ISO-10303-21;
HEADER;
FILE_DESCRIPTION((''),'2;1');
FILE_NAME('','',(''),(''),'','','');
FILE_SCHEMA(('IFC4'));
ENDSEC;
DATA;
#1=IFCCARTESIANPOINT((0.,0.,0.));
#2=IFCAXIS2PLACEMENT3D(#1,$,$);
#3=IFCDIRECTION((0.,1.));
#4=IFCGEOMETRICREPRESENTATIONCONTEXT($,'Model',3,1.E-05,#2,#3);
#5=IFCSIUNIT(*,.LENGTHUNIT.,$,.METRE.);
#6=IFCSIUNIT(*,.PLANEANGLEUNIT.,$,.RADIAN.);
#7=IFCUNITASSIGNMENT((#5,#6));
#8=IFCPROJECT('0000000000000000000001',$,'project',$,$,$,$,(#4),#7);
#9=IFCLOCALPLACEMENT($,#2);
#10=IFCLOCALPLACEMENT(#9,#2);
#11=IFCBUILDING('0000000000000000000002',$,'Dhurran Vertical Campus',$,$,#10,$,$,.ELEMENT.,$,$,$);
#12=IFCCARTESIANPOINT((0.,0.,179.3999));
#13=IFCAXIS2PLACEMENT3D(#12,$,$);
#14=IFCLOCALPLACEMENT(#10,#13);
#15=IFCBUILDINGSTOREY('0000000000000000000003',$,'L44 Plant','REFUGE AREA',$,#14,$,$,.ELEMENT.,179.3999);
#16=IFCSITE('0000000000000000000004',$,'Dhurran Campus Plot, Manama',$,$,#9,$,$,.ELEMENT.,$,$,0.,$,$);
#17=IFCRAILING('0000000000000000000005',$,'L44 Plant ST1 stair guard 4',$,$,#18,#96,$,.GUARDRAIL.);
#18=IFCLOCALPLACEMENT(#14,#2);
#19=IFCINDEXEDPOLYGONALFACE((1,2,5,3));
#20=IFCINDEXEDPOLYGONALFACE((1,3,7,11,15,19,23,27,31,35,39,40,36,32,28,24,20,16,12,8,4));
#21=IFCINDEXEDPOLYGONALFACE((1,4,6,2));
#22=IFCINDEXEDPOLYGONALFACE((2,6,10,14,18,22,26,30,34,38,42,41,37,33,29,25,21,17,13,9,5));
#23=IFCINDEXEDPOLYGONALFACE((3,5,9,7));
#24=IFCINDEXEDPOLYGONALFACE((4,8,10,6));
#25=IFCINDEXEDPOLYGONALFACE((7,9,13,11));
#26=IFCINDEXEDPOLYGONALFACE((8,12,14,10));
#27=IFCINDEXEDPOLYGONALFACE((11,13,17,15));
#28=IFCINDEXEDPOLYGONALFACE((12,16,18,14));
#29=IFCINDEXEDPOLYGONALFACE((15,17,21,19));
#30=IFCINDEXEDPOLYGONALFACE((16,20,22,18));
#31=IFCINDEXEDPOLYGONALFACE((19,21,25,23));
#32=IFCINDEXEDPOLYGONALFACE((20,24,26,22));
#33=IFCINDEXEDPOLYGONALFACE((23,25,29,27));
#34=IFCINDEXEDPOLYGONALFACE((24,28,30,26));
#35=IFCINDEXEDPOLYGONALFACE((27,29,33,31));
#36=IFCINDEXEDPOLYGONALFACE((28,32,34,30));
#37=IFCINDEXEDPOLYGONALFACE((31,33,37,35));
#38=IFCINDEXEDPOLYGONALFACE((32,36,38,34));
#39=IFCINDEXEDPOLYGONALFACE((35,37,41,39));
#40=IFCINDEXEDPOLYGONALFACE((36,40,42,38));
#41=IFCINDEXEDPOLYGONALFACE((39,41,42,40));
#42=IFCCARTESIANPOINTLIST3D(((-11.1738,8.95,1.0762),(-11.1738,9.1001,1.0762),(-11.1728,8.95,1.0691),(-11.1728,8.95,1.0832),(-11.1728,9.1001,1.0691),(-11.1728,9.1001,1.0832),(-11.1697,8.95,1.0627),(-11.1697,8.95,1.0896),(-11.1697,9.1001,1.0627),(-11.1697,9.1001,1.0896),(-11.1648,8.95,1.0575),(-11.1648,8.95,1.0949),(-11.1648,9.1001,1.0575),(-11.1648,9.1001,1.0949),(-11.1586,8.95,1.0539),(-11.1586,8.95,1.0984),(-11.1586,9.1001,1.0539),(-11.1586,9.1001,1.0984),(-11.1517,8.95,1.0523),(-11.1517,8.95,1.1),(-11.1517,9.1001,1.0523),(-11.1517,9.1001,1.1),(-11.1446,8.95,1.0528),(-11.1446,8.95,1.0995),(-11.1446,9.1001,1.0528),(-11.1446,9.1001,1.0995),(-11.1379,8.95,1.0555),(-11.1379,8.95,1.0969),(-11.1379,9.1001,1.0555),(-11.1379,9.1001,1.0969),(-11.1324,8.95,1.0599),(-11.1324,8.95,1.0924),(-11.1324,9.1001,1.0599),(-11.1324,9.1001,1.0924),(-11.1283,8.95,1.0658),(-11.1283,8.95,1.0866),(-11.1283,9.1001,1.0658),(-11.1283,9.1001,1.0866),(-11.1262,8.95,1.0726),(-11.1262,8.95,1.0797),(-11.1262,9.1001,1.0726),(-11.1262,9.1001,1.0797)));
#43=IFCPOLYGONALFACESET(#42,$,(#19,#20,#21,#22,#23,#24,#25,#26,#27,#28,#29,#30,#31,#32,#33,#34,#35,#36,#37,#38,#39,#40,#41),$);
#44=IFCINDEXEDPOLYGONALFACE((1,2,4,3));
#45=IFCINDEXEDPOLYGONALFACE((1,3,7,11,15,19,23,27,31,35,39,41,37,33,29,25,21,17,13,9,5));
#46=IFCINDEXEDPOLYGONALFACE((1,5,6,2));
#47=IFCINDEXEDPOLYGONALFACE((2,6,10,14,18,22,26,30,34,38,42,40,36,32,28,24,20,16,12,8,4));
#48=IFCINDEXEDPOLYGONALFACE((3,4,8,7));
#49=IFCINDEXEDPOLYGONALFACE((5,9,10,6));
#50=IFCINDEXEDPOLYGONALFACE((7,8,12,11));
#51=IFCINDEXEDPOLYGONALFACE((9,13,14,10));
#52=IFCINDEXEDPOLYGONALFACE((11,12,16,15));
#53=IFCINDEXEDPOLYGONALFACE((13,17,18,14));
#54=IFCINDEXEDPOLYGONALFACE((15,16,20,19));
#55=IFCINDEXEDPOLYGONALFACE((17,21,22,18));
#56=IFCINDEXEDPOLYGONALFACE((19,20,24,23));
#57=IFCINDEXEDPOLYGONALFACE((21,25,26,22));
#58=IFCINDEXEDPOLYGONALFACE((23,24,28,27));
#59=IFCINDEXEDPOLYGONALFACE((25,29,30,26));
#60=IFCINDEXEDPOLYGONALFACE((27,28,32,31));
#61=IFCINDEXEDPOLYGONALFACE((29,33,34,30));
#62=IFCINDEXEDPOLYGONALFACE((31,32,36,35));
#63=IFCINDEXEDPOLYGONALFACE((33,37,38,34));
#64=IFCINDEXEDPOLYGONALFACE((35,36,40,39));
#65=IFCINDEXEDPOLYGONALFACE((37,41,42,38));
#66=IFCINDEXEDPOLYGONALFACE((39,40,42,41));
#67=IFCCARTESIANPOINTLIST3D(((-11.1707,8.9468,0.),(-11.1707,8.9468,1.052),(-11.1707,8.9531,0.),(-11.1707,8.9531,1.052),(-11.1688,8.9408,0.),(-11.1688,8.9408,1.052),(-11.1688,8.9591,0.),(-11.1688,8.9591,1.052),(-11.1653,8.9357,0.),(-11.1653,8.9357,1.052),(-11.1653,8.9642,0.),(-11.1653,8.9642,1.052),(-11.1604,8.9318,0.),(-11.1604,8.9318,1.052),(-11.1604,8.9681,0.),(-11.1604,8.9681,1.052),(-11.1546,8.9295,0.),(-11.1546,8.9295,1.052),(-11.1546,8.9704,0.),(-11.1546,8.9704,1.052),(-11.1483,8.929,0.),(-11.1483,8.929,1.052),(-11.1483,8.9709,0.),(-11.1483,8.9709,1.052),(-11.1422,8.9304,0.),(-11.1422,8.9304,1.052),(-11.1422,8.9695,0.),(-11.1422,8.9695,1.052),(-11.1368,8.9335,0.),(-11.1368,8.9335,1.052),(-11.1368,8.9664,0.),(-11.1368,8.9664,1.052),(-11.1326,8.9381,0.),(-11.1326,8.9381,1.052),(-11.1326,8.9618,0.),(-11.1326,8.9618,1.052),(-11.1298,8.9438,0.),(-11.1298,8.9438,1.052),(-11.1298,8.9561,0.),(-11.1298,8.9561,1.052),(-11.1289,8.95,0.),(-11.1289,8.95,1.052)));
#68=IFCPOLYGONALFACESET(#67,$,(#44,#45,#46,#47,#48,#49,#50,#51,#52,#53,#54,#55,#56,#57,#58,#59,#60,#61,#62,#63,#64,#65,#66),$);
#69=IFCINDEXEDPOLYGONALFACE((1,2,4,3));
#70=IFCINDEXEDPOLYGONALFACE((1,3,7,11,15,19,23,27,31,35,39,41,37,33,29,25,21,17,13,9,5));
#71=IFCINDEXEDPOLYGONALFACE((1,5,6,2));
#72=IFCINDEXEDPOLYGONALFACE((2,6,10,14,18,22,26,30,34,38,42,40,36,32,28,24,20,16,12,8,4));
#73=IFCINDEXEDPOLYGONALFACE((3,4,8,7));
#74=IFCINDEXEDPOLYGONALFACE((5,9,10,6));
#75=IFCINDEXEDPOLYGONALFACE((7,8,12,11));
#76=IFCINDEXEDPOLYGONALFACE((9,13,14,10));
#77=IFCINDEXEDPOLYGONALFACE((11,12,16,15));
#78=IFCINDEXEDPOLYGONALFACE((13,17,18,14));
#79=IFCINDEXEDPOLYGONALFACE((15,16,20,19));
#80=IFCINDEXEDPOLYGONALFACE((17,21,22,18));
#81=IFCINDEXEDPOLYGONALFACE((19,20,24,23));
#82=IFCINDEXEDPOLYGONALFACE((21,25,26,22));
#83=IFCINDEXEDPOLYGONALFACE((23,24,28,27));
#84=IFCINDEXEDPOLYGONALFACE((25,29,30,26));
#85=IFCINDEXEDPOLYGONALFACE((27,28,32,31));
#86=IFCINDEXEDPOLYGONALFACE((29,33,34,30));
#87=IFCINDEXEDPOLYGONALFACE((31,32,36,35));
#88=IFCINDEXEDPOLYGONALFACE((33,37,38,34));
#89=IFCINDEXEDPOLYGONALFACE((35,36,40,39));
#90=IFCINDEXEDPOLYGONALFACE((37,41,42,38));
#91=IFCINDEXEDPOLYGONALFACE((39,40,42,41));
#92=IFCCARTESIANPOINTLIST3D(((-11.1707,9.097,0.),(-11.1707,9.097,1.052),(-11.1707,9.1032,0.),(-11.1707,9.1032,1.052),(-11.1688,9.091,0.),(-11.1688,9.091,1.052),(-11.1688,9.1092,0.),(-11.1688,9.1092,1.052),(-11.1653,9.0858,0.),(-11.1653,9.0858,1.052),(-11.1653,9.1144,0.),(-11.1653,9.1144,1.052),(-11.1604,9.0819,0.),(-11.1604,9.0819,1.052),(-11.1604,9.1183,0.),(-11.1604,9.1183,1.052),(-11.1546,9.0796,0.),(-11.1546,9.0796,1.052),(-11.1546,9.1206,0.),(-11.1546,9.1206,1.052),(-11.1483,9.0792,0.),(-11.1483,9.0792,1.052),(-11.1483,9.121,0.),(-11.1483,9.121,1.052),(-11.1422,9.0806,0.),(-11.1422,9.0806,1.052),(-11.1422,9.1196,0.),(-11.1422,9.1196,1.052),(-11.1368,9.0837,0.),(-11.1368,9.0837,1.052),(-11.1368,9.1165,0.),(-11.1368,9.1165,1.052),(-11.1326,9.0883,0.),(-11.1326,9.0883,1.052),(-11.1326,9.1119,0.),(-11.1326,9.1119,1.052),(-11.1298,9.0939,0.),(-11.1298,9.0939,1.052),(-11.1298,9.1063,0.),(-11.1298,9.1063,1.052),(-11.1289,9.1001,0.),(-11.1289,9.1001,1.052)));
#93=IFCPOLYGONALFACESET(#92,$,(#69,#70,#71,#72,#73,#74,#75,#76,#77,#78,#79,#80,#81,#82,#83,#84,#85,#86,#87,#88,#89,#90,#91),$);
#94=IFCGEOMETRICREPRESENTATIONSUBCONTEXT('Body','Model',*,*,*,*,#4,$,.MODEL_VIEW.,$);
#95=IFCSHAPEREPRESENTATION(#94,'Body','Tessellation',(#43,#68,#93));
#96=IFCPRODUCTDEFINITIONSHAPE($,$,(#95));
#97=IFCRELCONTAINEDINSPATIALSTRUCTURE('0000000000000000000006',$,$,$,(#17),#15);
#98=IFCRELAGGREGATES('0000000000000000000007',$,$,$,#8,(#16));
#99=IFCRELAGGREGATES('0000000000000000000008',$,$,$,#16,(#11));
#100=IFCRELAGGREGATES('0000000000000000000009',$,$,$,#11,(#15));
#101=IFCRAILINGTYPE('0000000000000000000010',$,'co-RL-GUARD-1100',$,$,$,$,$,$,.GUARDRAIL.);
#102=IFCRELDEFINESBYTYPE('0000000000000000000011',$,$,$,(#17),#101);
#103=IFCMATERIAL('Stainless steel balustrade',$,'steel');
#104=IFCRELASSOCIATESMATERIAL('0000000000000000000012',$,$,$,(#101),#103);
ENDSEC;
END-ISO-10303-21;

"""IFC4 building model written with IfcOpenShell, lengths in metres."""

from ifc_helpers import new_model, si_unit, direction, frame, origin, origin_2d, place, context, subcontext, project, spatial, circle, extrude, material, type_object, element, save


model = new_model("IFC4")

# Units and contexts
model_context = context("Model", 3, precision=1e-05, world=origin(), true_north=direction((0.0, 1.0)))
body_context = subcontext(model_context, "Body", "Model", "MODEL_VIEW")
ifc_project = project(units=[si_unit("LENGTHUNIT", "METRE"), si_unit("PLANEANGLEUNIT", "RADIAN")], contexts=[model_context])

# Site, building, storey
site_placement = place(None, origin())
site = spatial("IfcSite", under=ifc_project, at=site_placement, Name="Dhurran Campus Plot, Manama", CompositionType="ELEMENT", RefElevation=0.0)
building_placement = place(site_placement, origin())
building = spatial("IfcBuilding", under=site, at=building_placement, Name="Dhurran Vertical Campus", CompositionType="ELEMENT")
storey_placement = place(building_placement, frame((0.0, 0.0, 179.3999)))
storey = spatial("IfcBuildingStorey", under=building, at=storey_placement, Name="L44 Plant", Description="REFUGE AREA", CompositionType="ELEMENT", Elevation=179.3999)

# Railing
ifc_material_1 = material(Name="Stainless steel balustrade", Category="steel")
railing_type_1 = type_object("IfcRailingType", Name="co-RL-GUARD-1100", PredefinedType="GUARDRAIL", material=ifc_material_1)
railing_1_placement = place(storey_placement, frame((-11.1499, 8.95, 0.0)))
element("IfcRailing", 1, at=railing_1_placement, inside=storey, type_object=railing_type_1, Name="L44 Plant ST1 stair guard 4", PredefinedType="GUARDRAIL", context=body_context, shape_type="SweptSolid", body=[
    extrude(circle(Radius=0.0239, at=origin_2d()), frame((0.0, 0.0, 1.0762), z_axis=(0.0, 1.0, 0.0), x_axis=(-1.0, 0.0, 0.0)), (0.0, 0.0, 1.0), 0.1501),
    extrude(circle(Radius=0.021, at=origin_2d()), origin(), (0.0, 0.0, 1.0), 1.052),
    extrude(circle(Radius=0.021, at=origin_2d()), frame((0.0, 0.1501, 0.0)), (0.0, 0.0, 1.0), 1.052),
])

save(model, "model.ifc")
